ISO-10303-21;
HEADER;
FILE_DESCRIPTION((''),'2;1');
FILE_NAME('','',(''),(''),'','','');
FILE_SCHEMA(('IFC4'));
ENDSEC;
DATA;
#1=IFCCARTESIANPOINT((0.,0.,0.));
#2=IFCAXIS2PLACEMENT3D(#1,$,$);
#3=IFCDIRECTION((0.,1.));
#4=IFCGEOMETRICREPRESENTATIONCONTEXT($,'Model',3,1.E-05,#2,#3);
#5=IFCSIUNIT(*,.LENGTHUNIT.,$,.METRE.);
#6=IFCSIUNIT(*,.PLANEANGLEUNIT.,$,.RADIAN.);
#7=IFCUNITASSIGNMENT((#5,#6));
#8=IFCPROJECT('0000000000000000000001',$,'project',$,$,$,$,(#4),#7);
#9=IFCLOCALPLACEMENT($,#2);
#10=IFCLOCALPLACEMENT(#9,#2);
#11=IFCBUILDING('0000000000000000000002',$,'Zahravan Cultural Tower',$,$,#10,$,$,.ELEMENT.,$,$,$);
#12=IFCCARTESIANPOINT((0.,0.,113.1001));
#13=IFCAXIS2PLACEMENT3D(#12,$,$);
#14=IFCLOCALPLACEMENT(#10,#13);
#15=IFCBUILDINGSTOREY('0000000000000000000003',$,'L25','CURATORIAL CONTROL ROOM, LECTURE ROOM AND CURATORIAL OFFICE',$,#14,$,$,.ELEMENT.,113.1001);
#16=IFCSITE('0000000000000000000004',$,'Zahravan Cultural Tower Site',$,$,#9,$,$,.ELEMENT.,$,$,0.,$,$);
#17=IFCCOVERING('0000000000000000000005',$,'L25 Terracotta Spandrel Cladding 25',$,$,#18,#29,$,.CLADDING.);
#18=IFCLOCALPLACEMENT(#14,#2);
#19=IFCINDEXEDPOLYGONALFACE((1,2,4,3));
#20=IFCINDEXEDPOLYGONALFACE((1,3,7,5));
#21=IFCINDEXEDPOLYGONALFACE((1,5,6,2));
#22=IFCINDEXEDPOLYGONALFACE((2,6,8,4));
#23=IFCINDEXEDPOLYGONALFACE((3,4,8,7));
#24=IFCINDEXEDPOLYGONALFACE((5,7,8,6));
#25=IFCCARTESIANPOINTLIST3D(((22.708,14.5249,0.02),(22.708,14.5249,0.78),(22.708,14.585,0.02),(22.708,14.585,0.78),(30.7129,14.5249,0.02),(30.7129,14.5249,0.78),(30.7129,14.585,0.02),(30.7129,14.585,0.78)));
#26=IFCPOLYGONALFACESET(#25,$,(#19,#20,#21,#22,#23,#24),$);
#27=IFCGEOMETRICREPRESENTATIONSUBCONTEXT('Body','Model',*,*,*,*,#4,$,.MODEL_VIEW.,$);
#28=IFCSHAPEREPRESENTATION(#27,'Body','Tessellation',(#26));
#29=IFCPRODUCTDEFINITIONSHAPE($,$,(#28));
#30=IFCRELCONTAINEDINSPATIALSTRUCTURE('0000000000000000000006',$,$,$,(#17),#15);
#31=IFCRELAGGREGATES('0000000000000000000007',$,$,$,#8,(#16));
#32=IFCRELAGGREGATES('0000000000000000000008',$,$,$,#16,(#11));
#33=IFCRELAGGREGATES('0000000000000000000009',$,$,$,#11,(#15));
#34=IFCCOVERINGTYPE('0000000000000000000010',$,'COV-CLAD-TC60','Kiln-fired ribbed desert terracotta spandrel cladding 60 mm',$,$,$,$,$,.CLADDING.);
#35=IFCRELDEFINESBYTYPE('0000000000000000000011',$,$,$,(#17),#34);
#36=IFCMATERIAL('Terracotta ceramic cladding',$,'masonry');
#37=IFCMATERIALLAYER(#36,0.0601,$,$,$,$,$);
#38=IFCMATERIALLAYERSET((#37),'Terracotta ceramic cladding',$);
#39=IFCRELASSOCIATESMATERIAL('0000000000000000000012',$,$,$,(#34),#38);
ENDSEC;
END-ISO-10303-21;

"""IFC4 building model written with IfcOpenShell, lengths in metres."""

from ifc_helpers import new_model, si_unit, direction, frame, origin, origin_2d, place, context, subcontext, project, spatial, rectangle, extrude, source, transform, mapped, material, layer, layer_set, type_object, element, save


model = new_model("IFC4")

# Units and contexts
model_context = context("Model", 3, precision=1e-05, world=origin(), true_north=direction((0.0, 1.0)))
body_context = subcontext(model_context, "Body", "Model", "MODEL_VIEW")
ifc_project = project(units=[si_unit("LENGTHUNIT", "METRE"), si_unit("PLANEANGLEUNIT", "RADIAN")], contexts=[model_context])

# Site, building, storey
site_placement = place(None, origin())
site = spatial("IfcSite", under=ifc_project, at=site_placement, Name="Zahravan Cultural Tower Site", CompositionType="ELEMENT", RefElevation=0.0)
building_placement = place(site_placement, origin())
building = spatial("IfcBuilding", under=site, at=building_placement, Name="Zahravan Cultural Tower", CompositionType="ELEMENT")
storey_placement = place(building_placement, frame((0.0, 0.0, 113.1001)))
storey = spatial("IfcBuildingStorey", under=building, at=storey_placement, Name="L25", Description="CURATORIAL CONTROL ROOM, LECTURE ROOM AND CURATORIAL OFFICE", CompositionType="ELEMENT", Elevation=113.1001)

# Covering
ifc_material_1 = material(Name="Terracotta ceramic cladding", Category="masonry")
ifc_layer_1 = layer(ifc_material_1, 0.0601)
ifc_layer_set_1 = layer_set([ifc_layer_1], Name="Terracotta ceramic cladding")
covering_type = type_object("IfcCoveringType", Name="COV-CLAD-TC60", Description="Kiln-fired ribbed desert terracotta spandrel cladding 60 mm", PredefinedType="CLADDING", material=ifc_layer_set_1)
shared_shape_1 = source(origin(), body_context, "Body", "SweptSolid", [
    extrude(rectangle(XDim=8.0049, YDim=0.0601, at=origin_2d()), origin(), (0.0, 0.0, 1.0), 0.76),
])
covering_placement = place(storey_placement, frame((26.7104, 14.5549, 0.02), z_axis=(0.0, 0.0, 1.0), x_axis=(-1.0, 0.0, 0.0)))
element("IfcCovering", 1, at=covering_placement, inside=storey, type_object=covering_type, Name="L25 Terracotta Spandrel Cladding 25", PredefinedType="CLADDING", context=body_context, shape_type="MappedRepresentation", body=[
    mapped(shared_shape_1, transform((0.0, 0.0, 0.0), x_axis=(1.0, 0.0, 0.0), y_axis=(0.0, 1.0, 0.0), z_axis=(0.0, 0.0, 1.0), scale=1.0)),
])

save(model, "model.ifc")
